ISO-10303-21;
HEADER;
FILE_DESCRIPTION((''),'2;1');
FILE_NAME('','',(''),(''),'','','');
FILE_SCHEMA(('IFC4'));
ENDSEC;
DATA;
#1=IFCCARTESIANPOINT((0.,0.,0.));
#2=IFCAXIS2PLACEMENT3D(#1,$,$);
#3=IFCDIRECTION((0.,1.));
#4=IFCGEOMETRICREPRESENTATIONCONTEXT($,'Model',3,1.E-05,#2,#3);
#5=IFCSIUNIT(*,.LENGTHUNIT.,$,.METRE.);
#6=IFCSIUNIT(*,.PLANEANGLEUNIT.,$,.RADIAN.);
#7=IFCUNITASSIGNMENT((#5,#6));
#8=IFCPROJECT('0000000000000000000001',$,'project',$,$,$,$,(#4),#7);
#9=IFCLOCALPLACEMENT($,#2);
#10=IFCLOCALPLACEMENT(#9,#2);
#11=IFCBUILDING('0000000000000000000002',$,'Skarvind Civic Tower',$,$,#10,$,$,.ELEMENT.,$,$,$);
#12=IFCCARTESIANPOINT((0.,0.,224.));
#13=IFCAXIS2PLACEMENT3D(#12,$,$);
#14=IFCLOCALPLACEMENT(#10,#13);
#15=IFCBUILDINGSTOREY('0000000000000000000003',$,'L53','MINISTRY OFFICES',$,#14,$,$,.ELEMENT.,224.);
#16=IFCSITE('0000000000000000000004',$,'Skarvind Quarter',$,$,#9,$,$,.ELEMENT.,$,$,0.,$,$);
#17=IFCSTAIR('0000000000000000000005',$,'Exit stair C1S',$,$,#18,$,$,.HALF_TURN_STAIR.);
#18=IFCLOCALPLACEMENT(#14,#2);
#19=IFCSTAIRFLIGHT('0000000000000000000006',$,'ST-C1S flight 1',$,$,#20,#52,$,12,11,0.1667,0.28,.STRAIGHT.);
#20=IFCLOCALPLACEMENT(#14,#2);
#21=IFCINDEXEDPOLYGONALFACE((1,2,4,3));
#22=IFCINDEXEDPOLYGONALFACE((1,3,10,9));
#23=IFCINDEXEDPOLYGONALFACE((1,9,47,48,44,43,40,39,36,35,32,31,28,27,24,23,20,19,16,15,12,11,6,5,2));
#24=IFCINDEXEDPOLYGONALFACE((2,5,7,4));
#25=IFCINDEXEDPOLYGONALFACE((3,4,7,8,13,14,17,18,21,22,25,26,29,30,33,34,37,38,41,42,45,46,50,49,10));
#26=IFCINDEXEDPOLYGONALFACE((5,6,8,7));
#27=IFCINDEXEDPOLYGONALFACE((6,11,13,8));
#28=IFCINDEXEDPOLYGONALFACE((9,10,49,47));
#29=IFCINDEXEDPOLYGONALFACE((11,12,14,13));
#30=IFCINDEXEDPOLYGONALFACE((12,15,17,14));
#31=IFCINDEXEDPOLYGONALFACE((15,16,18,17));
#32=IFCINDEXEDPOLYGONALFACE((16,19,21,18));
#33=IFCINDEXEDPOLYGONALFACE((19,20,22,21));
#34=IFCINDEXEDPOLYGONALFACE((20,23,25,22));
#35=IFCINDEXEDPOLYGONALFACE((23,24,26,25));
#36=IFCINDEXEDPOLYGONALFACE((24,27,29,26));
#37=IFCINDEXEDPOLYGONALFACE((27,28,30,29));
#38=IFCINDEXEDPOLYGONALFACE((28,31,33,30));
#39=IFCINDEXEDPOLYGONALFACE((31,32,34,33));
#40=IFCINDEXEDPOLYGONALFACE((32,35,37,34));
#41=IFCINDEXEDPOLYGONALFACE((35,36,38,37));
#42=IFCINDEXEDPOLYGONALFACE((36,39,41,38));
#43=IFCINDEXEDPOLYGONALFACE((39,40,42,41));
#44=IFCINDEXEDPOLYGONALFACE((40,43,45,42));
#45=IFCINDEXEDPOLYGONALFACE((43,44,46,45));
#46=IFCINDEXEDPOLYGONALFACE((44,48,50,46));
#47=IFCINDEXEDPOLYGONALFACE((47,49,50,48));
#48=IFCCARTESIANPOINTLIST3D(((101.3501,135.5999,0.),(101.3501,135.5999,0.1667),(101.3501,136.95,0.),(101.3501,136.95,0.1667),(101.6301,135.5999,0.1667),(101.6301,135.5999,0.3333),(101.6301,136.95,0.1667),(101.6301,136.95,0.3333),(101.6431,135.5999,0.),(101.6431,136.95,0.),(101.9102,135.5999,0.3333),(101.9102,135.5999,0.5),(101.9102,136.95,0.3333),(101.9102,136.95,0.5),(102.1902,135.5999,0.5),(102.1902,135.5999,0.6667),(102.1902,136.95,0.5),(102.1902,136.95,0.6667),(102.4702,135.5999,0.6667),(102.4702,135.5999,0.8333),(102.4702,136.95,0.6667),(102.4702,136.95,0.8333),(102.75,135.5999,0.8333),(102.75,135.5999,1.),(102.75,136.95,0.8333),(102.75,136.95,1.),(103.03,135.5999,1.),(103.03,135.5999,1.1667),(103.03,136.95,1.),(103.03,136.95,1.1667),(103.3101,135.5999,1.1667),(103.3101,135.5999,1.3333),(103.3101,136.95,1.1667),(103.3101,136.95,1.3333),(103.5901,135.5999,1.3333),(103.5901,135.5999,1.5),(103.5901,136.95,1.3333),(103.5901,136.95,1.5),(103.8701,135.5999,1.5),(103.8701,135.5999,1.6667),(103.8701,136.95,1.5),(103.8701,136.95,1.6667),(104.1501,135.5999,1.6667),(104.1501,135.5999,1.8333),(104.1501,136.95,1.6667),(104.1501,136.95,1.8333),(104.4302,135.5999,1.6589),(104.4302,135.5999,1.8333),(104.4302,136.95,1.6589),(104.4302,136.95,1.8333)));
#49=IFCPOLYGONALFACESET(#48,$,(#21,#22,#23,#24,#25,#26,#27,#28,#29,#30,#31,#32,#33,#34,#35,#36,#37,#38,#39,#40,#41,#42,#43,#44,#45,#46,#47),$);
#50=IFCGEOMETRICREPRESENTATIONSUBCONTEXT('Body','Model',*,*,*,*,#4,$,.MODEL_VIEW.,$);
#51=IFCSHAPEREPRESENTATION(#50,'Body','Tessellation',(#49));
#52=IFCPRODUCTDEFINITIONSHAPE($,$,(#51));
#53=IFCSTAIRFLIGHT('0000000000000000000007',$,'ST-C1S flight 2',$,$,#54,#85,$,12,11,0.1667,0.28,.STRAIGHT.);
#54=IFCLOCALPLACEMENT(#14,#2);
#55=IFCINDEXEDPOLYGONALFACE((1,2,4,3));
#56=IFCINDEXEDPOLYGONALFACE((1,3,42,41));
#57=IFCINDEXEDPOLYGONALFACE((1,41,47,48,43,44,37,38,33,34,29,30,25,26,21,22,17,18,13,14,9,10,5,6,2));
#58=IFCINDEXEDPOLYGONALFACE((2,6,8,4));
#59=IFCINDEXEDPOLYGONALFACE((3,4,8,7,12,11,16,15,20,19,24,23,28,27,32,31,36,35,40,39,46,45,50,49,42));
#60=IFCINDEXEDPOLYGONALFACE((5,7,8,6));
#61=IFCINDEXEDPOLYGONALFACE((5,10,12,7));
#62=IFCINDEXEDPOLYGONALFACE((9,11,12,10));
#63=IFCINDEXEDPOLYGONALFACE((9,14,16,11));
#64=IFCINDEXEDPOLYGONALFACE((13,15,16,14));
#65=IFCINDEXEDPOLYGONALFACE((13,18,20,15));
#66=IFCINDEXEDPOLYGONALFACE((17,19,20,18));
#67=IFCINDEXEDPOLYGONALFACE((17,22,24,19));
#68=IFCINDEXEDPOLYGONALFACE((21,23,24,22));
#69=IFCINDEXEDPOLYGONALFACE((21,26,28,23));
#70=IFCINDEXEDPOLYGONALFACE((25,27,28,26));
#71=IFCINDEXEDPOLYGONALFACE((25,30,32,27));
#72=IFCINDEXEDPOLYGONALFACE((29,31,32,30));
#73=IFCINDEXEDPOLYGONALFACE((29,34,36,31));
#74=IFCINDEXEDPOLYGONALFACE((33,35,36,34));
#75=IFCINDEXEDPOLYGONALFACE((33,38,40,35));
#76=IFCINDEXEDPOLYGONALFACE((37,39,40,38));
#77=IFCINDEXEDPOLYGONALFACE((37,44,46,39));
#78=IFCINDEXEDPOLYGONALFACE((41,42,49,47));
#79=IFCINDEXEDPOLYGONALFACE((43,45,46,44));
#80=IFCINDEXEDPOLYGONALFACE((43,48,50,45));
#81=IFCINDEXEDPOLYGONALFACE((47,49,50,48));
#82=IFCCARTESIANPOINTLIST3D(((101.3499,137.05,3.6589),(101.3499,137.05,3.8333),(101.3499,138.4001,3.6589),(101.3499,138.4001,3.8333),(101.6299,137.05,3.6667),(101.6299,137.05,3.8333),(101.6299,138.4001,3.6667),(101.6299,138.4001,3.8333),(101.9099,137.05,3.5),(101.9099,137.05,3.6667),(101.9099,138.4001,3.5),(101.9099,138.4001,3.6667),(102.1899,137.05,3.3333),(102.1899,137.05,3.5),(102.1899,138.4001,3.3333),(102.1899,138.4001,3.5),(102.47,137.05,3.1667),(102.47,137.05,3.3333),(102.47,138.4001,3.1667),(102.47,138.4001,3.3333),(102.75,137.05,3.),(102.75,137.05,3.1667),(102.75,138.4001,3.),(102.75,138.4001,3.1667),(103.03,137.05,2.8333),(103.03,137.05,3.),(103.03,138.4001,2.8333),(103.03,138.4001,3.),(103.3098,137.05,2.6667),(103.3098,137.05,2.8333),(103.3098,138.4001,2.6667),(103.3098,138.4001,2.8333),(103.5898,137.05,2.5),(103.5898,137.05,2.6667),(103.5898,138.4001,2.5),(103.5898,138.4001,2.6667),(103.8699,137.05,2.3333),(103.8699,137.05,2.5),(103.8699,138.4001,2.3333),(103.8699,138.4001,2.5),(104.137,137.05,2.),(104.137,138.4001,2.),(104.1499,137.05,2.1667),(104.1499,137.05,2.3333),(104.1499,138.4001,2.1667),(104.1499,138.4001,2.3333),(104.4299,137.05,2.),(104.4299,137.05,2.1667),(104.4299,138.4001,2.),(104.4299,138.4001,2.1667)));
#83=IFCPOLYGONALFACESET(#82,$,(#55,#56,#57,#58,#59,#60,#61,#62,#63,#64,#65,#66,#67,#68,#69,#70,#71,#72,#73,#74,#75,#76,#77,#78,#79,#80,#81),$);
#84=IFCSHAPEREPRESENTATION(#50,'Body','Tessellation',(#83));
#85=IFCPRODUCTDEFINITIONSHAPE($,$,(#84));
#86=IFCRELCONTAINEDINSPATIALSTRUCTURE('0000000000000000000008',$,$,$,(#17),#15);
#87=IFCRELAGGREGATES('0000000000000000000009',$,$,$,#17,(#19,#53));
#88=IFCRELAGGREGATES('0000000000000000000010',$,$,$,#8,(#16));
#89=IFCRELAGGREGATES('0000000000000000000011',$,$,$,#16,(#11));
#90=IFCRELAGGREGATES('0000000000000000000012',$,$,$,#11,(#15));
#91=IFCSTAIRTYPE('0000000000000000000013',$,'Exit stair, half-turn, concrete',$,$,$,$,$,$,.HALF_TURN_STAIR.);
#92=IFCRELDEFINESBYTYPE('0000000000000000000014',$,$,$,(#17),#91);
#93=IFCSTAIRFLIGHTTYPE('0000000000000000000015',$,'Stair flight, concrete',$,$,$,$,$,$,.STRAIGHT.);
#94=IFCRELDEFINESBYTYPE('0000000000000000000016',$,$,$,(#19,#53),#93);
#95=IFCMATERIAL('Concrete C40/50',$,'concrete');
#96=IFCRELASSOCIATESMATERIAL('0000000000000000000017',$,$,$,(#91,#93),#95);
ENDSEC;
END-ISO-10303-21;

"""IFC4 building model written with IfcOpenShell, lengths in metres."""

from ifc_helpers import new_model, si_unit, direction, frame, origin, place, context, subcontext, project, spatial, polyline, outline, extrude, material, type_object, element, aggregate, save


model = new_model("IFC4")

# Units and contexts
model_context = context("Model", 3, precision=1e-05, world=origin(), true_north=direction((0.0, 1.0)))
body_context = subcontext(model_context, "Body", "Model", "MODEL_VIEW")
ifc_project = project(units=[si_unit("LENGTHUNIT", "METRE"), si_unit("PLANEANGLEUNIT", "RADIAN")], contexts=[model_context])

# Site, building, storey
site_placement = place(None, origin())
site = spatial("IfcSite", under=ifc_project, at=site_placement, Name="Skarvind Quarter", CompositionType="ELEMENT", RefElevation=0.0)
building_placement = place(site_placement, origin())
building = spatial("IfcBuilding", under=site, at=building_placement, Name="Skarvind Civic Tower", CompositionType="ELEMENT")
storey_placement = place(building_placement, frame((0.0, 0.0, 224.0)))
storey = spatial("IfcBuildingStorey", under=building, at=storey_placement, Name="L53", Description="MINISTRY OFFICES", CompositionType="ELEMENT", Elevation=224.0)

# Stair, stair flights
ifc_material_1 = material(Name="Concrete C40/50", Category="concrete")
stair_type = type_object("IfcStairType", Name="Exit stair, half-turn, concrete", PredefinedType="HALF_TURN_STAIR", material=ifc_material_1)
stair_placement = place(storey_placement, origin())
stair = element("IfcStair", 1, at=stair_placement, inside=storey, type_object=stair_type, Name="Exit stair C1S", PredefinedType="HALF_TURN_STAIR")
stair_flight_type = type_object("IfcStairFlightType", Name="Stair flight, concrete", PredefinedType="STRAIGHT", material=ifc_material_1)
stair_flight_1_placement = place(storey_placement, frame((101.3501, 136.2749, 0.0), z_axis=(0.0, 0.0, 1.0), x_axis=(1.0, 0.0, 0.0)))
stair_flight_1 = element("IfcStairFlight", 2, at=stair_flight_1_placement, type_object=stair_flight_type, Name="ST-C1S flight 1", NumberOfRisers=12, NumberOfTreads=11, PredefinedType="STRAIGHT", RiserHeight=0.1667, TreadLength=0.28, context=body_context, shape_type="SweptSolid", body=[
    extrude(outline(polyline([(0.0, 0.0), (0.0, 0.1667), (0.28, 0.1667), (0.28, 0.3333), (0.5601, 0.3333), (0.5601, 0.5), (0.8401, 0.5), (0.8401, 0.6667), (1.1201, 0.6667), (1.1201, 0.8333), (1.3999, 0.8333), (1.3999, 1.0), (1.6799, 1.0), (1.6799, 1.1667), (1.96, 1.1667), (1.96, 1.3333), (2.24, 1.3333), (2.24, 1.5), (2.52, 1.5), (2.52, 1.6667), (2.8, 1.6667), (2.8, 1.8333), (3.0801, 1.8333), (3.0801, 2.0), (3.0801, 1.6589), (0.293, 0.0), (0.0, 0.0)])), frame((0.0, 0.675, 0.0), z_axis=(0.0, -1.0, 0.0), x_axis=(1.0, 0.0, 0.0)), (0.0, 0.0, 1.0), 1.3501),
])
stair_flight_2_placement = place(storey_placement, frame((104.4299, 137.7251, 2.0), z_axis=(0.0, 0.0, 1.0), x_axis=(-1.0, 0.0, 0.0)))
stair_flight_2 = element("IfcStairFlight", 3, at=stair_flight_2_placement, type_object=stair_flight_type, Name="ST-C1S flight 2", NumberOfRisers=12, NumberOfTreads=11, PredefinedType="STRAIGHT", RiserHeight=0.1667, TreadLength=0.28, context=body_context, shape_type="SweptSolid", body=[
    extrude(outline(polyline([(0.0, 0.0), (0.0, 0.1667), (0.28, 0.1667), (0.28, 0.3333), (0.5601, 0.3333), (0.5601, 0.5), (0.8401, 0.5), (0.8401, 0.6667), (1.1201, 0.6667), (1.1201, 0.8333), (1.3999, 0.8333), (1.3999, 1.0), (1.6799, 1.0), (1.6799, 1.1667), (1.96, 1.1667), (1.96, 1.3333), (2.24, 1.3333), (2.24, 1.5), (2.52, 1.5), (2.52, 1.6667), (2.8, 1.6667), (2.8, 1.8333), (3.0801, 1.8333), (3.0801, 2.0), (3.0801, 1.6589), (0.293, 0.0), (0.0, 0.0)])), frame((0.0, 0.675, 0.0), z_axis=(0.0, -1.0, 0.0), x_axis=(1.0, 0.0, 0.0)), (0.0, 0.0, 1.0), 1.3501),
])
aggregate(stair, [stair_flight_1, stair_flight_2])

save(model, "model.ifc")
